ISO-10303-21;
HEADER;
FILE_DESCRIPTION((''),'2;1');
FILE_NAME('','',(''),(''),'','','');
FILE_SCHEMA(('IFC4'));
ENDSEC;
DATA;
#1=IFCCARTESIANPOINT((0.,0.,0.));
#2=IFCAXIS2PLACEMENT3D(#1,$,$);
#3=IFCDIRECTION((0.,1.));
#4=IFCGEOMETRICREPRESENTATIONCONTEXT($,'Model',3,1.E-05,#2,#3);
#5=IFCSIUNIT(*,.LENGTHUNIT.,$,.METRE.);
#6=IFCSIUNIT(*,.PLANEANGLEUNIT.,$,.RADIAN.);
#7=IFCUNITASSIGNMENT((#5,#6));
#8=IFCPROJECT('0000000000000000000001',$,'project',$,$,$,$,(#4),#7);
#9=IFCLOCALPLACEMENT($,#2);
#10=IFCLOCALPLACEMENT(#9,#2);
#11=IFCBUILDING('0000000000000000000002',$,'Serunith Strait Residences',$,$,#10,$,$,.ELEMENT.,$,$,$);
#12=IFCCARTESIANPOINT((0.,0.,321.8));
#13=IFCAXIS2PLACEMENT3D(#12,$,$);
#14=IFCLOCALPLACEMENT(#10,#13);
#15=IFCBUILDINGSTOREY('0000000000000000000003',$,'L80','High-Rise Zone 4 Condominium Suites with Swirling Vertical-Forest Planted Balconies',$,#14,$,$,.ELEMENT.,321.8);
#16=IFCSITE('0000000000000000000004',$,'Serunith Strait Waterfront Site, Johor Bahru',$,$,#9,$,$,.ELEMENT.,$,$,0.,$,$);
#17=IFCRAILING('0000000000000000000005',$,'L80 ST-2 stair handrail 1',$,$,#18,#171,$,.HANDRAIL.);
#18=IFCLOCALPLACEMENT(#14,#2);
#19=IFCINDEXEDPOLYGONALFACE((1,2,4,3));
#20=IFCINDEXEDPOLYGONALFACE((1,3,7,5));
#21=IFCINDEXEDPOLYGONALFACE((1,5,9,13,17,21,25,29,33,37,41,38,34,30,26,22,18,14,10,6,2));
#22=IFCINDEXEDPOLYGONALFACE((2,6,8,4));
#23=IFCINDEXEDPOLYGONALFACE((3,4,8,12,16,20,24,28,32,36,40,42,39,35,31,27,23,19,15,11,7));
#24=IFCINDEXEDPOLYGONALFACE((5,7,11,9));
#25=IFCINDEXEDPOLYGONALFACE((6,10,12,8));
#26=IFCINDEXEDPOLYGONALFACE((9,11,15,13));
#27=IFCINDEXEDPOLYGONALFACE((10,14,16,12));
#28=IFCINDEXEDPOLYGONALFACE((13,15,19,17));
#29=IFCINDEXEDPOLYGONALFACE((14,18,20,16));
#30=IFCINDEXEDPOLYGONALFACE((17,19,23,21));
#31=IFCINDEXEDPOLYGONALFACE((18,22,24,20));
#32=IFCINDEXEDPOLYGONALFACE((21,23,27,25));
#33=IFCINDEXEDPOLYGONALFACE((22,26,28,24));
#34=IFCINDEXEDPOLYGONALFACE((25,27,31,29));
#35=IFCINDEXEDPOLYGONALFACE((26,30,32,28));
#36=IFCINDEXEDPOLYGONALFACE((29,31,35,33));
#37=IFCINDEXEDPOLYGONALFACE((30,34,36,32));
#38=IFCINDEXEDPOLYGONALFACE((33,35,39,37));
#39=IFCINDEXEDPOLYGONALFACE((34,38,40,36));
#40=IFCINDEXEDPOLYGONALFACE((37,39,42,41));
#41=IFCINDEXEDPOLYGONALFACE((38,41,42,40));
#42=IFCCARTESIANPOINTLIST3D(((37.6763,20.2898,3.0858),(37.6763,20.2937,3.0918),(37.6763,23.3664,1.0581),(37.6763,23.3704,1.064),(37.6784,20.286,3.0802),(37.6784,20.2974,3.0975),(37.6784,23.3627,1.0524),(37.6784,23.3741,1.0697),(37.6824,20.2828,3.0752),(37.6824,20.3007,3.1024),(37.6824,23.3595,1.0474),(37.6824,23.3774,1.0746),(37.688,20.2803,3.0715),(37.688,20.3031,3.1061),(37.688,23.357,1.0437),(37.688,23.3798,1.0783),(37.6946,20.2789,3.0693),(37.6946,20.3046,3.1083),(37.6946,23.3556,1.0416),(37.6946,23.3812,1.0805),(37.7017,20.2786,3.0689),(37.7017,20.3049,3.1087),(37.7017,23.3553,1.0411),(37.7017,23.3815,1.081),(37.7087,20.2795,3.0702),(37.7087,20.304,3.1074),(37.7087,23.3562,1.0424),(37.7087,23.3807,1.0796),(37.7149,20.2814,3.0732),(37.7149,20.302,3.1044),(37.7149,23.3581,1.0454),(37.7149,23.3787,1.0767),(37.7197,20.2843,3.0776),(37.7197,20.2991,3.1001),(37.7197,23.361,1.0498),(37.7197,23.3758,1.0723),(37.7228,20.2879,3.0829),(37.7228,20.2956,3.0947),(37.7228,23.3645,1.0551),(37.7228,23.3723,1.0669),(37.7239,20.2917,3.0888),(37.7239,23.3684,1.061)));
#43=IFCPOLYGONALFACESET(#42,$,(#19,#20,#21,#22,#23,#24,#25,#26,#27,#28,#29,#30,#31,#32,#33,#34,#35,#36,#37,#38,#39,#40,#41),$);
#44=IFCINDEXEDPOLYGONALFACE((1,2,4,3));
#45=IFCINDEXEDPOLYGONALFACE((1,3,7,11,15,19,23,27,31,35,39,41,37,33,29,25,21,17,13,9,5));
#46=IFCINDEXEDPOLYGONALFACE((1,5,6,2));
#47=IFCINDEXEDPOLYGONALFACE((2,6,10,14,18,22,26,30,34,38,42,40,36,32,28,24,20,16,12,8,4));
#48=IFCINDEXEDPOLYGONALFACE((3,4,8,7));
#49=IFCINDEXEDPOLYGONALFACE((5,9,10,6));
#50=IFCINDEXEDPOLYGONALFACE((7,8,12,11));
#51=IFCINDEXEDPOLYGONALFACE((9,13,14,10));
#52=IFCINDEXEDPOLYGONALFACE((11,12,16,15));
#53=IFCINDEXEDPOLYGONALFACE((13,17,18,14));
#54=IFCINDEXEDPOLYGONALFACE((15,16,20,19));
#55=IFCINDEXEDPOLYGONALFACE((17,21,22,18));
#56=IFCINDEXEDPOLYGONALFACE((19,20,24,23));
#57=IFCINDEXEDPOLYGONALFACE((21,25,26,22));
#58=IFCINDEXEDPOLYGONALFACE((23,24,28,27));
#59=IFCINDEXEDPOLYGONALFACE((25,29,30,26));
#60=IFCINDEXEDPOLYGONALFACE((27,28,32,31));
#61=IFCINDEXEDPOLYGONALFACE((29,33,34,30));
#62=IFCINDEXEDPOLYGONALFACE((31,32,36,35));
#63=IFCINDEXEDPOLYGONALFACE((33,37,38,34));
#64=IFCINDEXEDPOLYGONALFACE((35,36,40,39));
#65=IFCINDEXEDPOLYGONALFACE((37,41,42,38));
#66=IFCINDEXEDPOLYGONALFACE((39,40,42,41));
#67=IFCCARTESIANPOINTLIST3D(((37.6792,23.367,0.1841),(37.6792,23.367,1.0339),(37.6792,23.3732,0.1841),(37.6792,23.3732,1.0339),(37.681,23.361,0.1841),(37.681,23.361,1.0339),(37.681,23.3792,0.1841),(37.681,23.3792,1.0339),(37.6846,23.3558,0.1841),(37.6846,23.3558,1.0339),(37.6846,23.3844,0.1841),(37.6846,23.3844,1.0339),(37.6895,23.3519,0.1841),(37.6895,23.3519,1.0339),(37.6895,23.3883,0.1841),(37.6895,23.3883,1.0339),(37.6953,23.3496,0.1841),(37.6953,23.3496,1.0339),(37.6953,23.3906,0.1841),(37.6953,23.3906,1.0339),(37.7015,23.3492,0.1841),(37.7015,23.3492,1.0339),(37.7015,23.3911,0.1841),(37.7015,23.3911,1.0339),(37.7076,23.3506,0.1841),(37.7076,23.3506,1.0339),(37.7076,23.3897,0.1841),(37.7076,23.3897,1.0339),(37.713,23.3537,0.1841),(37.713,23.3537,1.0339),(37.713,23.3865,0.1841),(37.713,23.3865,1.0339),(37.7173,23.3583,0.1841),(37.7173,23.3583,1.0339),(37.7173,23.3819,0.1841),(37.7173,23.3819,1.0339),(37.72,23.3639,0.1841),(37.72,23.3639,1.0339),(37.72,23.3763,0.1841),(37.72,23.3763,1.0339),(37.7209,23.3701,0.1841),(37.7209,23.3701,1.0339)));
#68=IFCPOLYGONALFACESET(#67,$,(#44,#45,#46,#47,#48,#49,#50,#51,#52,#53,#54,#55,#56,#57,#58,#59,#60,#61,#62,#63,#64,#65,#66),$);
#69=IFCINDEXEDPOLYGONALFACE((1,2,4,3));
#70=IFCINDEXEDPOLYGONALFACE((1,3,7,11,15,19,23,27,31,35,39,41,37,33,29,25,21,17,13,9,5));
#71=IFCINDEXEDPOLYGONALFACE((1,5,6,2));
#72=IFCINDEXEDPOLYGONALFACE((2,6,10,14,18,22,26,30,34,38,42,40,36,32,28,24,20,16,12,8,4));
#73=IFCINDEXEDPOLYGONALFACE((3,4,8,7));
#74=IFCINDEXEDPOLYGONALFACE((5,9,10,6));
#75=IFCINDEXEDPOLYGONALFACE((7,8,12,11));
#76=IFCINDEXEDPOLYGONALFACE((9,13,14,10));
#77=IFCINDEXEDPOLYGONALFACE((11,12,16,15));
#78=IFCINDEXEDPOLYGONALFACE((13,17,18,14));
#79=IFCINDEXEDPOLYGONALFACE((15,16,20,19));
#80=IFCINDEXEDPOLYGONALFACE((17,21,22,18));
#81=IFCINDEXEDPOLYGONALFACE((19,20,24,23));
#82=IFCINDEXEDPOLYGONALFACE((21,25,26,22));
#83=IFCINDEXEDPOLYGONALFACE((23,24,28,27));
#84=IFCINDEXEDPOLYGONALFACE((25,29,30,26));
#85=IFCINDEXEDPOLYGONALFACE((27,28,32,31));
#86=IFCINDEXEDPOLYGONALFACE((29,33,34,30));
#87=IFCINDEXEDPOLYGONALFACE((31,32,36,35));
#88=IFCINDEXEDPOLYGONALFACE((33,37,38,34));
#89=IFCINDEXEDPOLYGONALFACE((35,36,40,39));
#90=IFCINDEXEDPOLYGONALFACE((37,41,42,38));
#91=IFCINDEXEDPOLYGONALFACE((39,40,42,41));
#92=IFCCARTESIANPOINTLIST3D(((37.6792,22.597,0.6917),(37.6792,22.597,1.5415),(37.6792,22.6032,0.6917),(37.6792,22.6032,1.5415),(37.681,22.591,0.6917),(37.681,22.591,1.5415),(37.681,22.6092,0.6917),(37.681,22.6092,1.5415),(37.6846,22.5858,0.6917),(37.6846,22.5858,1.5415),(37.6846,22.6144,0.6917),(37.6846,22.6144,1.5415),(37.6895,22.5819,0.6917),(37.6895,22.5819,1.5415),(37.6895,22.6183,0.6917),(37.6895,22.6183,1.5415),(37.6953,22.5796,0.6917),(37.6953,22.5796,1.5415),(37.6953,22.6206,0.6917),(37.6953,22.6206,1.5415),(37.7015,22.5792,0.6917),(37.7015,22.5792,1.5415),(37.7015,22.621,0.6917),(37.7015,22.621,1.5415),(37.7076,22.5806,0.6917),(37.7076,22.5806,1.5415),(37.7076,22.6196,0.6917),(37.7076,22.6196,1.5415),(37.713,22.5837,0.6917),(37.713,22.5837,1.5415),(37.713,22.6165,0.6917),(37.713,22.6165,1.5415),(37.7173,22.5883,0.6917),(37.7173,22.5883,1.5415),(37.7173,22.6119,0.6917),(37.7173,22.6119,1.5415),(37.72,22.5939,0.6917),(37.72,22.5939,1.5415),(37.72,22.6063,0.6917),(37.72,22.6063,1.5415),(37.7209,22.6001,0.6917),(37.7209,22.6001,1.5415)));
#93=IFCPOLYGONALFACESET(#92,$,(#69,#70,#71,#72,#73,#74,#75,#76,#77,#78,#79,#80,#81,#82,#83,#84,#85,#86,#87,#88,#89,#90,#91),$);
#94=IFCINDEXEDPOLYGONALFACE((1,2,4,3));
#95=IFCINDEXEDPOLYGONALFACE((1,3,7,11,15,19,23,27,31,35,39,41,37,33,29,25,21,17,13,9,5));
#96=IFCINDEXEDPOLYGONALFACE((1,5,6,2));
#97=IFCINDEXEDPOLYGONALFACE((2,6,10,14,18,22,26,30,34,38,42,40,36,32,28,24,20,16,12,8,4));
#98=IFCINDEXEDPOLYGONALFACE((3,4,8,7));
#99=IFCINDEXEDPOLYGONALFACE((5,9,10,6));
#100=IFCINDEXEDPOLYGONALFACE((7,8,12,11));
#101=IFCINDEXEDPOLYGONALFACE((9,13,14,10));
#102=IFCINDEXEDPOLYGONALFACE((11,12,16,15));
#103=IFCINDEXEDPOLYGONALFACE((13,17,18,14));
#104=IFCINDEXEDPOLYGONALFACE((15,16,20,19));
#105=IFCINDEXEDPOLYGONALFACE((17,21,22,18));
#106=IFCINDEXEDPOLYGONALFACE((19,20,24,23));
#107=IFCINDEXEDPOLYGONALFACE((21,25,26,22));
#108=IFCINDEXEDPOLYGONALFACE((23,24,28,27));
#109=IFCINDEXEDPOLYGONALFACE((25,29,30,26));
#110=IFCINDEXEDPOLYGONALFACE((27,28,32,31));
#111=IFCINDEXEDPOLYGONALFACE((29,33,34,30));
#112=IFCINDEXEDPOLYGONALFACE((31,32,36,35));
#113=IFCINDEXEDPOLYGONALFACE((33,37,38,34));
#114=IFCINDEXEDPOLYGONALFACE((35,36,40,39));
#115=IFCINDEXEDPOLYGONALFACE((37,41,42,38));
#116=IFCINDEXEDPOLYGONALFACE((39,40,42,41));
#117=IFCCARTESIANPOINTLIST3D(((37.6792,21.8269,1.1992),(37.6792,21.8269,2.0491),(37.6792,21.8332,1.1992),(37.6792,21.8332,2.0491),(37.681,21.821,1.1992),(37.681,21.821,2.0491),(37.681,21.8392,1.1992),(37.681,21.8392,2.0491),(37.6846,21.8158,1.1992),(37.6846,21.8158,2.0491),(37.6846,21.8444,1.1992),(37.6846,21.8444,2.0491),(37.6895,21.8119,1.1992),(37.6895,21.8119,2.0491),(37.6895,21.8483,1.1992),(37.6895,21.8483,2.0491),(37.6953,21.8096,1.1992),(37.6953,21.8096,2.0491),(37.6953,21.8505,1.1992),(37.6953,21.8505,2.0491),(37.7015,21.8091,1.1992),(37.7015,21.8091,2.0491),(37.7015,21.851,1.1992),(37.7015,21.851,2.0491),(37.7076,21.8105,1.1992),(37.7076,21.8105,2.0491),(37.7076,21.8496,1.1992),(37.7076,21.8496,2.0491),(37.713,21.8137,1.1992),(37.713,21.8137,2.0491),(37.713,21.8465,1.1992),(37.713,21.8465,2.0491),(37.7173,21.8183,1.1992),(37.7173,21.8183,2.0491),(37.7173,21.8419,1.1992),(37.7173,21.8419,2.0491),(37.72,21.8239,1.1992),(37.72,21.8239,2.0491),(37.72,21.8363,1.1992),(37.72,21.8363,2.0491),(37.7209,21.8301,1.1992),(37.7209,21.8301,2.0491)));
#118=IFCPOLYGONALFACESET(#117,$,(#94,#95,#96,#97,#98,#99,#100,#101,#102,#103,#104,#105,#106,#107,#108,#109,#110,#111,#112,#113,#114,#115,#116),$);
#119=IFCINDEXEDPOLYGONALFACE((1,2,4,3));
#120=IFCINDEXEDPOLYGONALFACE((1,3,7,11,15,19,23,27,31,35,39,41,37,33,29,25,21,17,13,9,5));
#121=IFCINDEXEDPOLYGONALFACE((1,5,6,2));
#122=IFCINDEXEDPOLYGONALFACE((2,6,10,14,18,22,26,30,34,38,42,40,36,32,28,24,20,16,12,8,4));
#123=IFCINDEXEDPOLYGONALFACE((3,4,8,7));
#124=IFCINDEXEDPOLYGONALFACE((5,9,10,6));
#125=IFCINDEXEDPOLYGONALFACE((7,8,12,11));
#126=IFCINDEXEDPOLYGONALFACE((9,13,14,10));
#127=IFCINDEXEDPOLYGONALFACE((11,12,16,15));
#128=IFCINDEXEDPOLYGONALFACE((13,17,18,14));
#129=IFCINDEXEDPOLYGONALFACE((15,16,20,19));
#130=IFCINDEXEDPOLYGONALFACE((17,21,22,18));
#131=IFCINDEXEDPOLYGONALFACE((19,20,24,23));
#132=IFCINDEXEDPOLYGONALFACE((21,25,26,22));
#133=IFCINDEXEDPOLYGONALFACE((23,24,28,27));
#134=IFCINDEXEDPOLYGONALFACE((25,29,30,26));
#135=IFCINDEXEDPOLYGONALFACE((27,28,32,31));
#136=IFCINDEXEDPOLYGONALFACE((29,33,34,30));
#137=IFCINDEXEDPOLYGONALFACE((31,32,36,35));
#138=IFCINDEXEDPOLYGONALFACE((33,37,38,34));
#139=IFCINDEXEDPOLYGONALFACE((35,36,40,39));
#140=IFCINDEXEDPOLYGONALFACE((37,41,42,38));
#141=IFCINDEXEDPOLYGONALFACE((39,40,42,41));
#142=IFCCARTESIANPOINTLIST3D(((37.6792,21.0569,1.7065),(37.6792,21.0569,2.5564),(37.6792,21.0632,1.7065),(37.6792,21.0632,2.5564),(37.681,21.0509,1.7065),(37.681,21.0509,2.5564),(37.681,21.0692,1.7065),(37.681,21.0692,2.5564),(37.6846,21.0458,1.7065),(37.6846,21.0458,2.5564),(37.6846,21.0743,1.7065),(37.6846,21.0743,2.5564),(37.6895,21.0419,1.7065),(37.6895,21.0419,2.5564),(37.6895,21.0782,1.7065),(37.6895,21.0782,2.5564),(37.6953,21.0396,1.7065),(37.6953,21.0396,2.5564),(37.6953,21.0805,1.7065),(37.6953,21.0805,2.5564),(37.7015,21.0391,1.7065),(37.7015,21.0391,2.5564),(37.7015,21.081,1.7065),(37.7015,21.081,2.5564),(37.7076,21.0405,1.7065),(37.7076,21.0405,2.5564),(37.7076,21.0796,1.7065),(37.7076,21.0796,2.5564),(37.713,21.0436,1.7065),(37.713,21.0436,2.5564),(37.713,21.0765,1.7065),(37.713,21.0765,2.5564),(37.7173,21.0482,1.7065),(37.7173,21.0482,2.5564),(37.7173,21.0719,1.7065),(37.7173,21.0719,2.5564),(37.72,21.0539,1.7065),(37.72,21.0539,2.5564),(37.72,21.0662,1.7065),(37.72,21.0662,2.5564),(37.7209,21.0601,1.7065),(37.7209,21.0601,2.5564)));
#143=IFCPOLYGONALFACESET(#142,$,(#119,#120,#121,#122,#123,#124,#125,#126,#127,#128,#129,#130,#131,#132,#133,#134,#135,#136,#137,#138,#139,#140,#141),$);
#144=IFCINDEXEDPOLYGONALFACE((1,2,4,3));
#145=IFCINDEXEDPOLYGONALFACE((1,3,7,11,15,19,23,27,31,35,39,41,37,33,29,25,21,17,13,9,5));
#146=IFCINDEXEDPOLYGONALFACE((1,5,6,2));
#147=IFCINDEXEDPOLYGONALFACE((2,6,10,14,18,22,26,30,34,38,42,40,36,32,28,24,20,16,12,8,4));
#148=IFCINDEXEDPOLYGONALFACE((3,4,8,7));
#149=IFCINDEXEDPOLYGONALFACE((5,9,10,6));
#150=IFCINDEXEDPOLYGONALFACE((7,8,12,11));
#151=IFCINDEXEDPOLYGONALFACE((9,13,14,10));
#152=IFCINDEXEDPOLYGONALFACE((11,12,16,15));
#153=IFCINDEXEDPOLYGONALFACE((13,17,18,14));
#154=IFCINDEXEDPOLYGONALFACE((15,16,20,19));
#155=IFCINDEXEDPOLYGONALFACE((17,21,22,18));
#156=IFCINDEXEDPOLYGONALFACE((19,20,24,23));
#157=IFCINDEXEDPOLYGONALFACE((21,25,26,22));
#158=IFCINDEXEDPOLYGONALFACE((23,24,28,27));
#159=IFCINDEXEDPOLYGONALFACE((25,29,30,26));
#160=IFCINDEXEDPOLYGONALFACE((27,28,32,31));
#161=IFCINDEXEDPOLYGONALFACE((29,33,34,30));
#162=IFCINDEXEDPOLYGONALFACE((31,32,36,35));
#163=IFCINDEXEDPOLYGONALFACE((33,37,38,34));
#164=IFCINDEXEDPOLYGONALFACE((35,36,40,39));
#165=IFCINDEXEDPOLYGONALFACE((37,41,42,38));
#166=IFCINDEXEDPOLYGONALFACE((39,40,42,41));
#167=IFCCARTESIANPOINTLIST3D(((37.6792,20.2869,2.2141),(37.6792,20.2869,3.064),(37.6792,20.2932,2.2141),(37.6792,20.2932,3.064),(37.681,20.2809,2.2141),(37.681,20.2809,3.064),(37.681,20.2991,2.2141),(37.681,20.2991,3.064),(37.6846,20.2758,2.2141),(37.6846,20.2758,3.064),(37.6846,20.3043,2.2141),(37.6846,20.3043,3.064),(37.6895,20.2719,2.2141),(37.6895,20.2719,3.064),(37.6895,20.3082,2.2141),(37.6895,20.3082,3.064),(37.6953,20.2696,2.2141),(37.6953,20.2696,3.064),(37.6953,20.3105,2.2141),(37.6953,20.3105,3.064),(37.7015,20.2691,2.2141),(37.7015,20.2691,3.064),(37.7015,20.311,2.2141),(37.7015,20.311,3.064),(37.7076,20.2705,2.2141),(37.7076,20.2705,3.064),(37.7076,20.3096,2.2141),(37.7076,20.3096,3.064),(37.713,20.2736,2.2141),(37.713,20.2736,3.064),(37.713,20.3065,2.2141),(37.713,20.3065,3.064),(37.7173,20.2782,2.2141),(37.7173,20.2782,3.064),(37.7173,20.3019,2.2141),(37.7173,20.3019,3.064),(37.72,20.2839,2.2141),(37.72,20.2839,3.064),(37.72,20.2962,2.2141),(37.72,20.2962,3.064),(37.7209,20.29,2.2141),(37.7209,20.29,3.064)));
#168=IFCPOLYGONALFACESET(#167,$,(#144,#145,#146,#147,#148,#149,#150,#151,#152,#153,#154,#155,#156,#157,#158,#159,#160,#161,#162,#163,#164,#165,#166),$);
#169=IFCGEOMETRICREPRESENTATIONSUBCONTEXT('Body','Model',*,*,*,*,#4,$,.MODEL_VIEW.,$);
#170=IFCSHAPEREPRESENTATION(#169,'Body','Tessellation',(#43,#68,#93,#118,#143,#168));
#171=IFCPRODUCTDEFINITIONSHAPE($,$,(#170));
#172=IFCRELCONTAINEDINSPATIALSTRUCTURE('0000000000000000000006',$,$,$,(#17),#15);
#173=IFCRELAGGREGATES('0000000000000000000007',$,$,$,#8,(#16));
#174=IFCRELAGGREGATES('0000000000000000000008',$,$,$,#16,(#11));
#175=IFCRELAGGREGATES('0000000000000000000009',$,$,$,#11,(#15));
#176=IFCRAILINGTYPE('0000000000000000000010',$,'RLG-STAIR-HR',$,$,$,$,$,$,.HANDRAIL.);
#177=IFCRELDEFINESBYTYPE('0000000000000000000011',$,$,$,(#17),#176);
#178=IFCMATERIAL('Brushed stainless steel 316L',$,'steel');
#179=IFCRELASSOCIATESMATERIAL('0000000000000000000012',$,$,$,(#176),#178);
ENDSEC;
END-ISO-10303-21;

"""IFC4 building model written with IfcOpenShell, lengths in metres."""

from ifc_helpers import new_model, si_unit, direction, frame, origin, origin_2d, place, context, subcontext, project, spatial, circle, extrude, material, type_object, element, save


model = new_model("IFC4")

# Units and contexts
model_context = context("Model", 3, precision=1e-05, world=origin(), true_north=direction((0.0, 1.0)))
body_context = subcontext(model_context, "Body", "Model", "MODEL_VIEW")
ifc_project = project(units=[si_unit("LENGTHUNIT", "METRE"), si_unit("PLANEANGLEUNIT", "RADIAN")], contexts=[model_context])

# Site, building, storey
site_placement = place(None, origin())
site = spatial("IfcSite", under=ifc_project, at=site_placement, Name="Serunith Strait Waterfront Site, Johor Bahru", CompositionType="ELEMENT", RefElevation=0.0)
building_placement = place(site_placement, origin())
building = spatial("IfcBuilding", under=site, at=building_placement, Name="Serunith Strait Residences", CompositionType="ELEMENT")
storey_placement = place(building_placement, frame((0.0, 0.0, 321.8)))
storey = spatial("IfcBuildingStorey", under=building, at=storey_placement, Name="L80", Description="High-Rise Zone 4 Condominium Suites with Swirling Vertical-Forest Planted Balconies", CompositionType="ELEMENT", Elevation=321.8)

# Railing
ifc_material_1 = material(Name="Brushed stainless steel 316L", Category="steel")
railing_type_1 = type_object("IfcRailingType", Name="RLG-STAIR-HR", PredefinedType="HANDRAIL", material=ifc_material_1)
railing_1_placement = place(storey_placement, frame((37.7, 23.3701, 0.1841)))
element("IfcRailing", 1, at=railing_1_placement, inside=storey, type_object=railing_type_1, Name="L80 ST-2 stair handrail 1", PredefinedType="HANDRAIL", context=body_context, shape_type="SweptSolid", body=[
    extrude(circle(Radius=0.0239, at=origin_2d()), frame((0.0, -0.0017, 0.877), z_axis=(0.0, -0.834961, 0.550309), x_axis=(1.0, 0.0, 0.0)), (0.0, 0.0, 1.0), 3.6848),
    extrude(circle(Radius=0.021, at=origin_2d()), origin(), (0.0, 0.0, 1.0), 0.8499),
    extrude(circle(Radius=0.021, at=origin_2d()), frame((0.0, -0.77, 0.5076)), (0.0, 0.0, 1.0), 0.8499),
    extrude(circle(Radius=0.021, at=origin_2d()), frame((0.0, -1.54, 1.0151)), (0.0, 0.0, 1.0), 0.8499),
    extrude(circle(Radius=0.021, at=origin_2d()), frame((0.0, -2.3101, 1.5225)), (0.0, 0.0, 1.0), 0.8499),
    extrude(circle(Radius=0.021, at=origin_2d()), frame((0.0, -3.0801, 2.03)), (0.0, 0.0, 1.0), 0.8499),
])

save(model, "model.ifc")
